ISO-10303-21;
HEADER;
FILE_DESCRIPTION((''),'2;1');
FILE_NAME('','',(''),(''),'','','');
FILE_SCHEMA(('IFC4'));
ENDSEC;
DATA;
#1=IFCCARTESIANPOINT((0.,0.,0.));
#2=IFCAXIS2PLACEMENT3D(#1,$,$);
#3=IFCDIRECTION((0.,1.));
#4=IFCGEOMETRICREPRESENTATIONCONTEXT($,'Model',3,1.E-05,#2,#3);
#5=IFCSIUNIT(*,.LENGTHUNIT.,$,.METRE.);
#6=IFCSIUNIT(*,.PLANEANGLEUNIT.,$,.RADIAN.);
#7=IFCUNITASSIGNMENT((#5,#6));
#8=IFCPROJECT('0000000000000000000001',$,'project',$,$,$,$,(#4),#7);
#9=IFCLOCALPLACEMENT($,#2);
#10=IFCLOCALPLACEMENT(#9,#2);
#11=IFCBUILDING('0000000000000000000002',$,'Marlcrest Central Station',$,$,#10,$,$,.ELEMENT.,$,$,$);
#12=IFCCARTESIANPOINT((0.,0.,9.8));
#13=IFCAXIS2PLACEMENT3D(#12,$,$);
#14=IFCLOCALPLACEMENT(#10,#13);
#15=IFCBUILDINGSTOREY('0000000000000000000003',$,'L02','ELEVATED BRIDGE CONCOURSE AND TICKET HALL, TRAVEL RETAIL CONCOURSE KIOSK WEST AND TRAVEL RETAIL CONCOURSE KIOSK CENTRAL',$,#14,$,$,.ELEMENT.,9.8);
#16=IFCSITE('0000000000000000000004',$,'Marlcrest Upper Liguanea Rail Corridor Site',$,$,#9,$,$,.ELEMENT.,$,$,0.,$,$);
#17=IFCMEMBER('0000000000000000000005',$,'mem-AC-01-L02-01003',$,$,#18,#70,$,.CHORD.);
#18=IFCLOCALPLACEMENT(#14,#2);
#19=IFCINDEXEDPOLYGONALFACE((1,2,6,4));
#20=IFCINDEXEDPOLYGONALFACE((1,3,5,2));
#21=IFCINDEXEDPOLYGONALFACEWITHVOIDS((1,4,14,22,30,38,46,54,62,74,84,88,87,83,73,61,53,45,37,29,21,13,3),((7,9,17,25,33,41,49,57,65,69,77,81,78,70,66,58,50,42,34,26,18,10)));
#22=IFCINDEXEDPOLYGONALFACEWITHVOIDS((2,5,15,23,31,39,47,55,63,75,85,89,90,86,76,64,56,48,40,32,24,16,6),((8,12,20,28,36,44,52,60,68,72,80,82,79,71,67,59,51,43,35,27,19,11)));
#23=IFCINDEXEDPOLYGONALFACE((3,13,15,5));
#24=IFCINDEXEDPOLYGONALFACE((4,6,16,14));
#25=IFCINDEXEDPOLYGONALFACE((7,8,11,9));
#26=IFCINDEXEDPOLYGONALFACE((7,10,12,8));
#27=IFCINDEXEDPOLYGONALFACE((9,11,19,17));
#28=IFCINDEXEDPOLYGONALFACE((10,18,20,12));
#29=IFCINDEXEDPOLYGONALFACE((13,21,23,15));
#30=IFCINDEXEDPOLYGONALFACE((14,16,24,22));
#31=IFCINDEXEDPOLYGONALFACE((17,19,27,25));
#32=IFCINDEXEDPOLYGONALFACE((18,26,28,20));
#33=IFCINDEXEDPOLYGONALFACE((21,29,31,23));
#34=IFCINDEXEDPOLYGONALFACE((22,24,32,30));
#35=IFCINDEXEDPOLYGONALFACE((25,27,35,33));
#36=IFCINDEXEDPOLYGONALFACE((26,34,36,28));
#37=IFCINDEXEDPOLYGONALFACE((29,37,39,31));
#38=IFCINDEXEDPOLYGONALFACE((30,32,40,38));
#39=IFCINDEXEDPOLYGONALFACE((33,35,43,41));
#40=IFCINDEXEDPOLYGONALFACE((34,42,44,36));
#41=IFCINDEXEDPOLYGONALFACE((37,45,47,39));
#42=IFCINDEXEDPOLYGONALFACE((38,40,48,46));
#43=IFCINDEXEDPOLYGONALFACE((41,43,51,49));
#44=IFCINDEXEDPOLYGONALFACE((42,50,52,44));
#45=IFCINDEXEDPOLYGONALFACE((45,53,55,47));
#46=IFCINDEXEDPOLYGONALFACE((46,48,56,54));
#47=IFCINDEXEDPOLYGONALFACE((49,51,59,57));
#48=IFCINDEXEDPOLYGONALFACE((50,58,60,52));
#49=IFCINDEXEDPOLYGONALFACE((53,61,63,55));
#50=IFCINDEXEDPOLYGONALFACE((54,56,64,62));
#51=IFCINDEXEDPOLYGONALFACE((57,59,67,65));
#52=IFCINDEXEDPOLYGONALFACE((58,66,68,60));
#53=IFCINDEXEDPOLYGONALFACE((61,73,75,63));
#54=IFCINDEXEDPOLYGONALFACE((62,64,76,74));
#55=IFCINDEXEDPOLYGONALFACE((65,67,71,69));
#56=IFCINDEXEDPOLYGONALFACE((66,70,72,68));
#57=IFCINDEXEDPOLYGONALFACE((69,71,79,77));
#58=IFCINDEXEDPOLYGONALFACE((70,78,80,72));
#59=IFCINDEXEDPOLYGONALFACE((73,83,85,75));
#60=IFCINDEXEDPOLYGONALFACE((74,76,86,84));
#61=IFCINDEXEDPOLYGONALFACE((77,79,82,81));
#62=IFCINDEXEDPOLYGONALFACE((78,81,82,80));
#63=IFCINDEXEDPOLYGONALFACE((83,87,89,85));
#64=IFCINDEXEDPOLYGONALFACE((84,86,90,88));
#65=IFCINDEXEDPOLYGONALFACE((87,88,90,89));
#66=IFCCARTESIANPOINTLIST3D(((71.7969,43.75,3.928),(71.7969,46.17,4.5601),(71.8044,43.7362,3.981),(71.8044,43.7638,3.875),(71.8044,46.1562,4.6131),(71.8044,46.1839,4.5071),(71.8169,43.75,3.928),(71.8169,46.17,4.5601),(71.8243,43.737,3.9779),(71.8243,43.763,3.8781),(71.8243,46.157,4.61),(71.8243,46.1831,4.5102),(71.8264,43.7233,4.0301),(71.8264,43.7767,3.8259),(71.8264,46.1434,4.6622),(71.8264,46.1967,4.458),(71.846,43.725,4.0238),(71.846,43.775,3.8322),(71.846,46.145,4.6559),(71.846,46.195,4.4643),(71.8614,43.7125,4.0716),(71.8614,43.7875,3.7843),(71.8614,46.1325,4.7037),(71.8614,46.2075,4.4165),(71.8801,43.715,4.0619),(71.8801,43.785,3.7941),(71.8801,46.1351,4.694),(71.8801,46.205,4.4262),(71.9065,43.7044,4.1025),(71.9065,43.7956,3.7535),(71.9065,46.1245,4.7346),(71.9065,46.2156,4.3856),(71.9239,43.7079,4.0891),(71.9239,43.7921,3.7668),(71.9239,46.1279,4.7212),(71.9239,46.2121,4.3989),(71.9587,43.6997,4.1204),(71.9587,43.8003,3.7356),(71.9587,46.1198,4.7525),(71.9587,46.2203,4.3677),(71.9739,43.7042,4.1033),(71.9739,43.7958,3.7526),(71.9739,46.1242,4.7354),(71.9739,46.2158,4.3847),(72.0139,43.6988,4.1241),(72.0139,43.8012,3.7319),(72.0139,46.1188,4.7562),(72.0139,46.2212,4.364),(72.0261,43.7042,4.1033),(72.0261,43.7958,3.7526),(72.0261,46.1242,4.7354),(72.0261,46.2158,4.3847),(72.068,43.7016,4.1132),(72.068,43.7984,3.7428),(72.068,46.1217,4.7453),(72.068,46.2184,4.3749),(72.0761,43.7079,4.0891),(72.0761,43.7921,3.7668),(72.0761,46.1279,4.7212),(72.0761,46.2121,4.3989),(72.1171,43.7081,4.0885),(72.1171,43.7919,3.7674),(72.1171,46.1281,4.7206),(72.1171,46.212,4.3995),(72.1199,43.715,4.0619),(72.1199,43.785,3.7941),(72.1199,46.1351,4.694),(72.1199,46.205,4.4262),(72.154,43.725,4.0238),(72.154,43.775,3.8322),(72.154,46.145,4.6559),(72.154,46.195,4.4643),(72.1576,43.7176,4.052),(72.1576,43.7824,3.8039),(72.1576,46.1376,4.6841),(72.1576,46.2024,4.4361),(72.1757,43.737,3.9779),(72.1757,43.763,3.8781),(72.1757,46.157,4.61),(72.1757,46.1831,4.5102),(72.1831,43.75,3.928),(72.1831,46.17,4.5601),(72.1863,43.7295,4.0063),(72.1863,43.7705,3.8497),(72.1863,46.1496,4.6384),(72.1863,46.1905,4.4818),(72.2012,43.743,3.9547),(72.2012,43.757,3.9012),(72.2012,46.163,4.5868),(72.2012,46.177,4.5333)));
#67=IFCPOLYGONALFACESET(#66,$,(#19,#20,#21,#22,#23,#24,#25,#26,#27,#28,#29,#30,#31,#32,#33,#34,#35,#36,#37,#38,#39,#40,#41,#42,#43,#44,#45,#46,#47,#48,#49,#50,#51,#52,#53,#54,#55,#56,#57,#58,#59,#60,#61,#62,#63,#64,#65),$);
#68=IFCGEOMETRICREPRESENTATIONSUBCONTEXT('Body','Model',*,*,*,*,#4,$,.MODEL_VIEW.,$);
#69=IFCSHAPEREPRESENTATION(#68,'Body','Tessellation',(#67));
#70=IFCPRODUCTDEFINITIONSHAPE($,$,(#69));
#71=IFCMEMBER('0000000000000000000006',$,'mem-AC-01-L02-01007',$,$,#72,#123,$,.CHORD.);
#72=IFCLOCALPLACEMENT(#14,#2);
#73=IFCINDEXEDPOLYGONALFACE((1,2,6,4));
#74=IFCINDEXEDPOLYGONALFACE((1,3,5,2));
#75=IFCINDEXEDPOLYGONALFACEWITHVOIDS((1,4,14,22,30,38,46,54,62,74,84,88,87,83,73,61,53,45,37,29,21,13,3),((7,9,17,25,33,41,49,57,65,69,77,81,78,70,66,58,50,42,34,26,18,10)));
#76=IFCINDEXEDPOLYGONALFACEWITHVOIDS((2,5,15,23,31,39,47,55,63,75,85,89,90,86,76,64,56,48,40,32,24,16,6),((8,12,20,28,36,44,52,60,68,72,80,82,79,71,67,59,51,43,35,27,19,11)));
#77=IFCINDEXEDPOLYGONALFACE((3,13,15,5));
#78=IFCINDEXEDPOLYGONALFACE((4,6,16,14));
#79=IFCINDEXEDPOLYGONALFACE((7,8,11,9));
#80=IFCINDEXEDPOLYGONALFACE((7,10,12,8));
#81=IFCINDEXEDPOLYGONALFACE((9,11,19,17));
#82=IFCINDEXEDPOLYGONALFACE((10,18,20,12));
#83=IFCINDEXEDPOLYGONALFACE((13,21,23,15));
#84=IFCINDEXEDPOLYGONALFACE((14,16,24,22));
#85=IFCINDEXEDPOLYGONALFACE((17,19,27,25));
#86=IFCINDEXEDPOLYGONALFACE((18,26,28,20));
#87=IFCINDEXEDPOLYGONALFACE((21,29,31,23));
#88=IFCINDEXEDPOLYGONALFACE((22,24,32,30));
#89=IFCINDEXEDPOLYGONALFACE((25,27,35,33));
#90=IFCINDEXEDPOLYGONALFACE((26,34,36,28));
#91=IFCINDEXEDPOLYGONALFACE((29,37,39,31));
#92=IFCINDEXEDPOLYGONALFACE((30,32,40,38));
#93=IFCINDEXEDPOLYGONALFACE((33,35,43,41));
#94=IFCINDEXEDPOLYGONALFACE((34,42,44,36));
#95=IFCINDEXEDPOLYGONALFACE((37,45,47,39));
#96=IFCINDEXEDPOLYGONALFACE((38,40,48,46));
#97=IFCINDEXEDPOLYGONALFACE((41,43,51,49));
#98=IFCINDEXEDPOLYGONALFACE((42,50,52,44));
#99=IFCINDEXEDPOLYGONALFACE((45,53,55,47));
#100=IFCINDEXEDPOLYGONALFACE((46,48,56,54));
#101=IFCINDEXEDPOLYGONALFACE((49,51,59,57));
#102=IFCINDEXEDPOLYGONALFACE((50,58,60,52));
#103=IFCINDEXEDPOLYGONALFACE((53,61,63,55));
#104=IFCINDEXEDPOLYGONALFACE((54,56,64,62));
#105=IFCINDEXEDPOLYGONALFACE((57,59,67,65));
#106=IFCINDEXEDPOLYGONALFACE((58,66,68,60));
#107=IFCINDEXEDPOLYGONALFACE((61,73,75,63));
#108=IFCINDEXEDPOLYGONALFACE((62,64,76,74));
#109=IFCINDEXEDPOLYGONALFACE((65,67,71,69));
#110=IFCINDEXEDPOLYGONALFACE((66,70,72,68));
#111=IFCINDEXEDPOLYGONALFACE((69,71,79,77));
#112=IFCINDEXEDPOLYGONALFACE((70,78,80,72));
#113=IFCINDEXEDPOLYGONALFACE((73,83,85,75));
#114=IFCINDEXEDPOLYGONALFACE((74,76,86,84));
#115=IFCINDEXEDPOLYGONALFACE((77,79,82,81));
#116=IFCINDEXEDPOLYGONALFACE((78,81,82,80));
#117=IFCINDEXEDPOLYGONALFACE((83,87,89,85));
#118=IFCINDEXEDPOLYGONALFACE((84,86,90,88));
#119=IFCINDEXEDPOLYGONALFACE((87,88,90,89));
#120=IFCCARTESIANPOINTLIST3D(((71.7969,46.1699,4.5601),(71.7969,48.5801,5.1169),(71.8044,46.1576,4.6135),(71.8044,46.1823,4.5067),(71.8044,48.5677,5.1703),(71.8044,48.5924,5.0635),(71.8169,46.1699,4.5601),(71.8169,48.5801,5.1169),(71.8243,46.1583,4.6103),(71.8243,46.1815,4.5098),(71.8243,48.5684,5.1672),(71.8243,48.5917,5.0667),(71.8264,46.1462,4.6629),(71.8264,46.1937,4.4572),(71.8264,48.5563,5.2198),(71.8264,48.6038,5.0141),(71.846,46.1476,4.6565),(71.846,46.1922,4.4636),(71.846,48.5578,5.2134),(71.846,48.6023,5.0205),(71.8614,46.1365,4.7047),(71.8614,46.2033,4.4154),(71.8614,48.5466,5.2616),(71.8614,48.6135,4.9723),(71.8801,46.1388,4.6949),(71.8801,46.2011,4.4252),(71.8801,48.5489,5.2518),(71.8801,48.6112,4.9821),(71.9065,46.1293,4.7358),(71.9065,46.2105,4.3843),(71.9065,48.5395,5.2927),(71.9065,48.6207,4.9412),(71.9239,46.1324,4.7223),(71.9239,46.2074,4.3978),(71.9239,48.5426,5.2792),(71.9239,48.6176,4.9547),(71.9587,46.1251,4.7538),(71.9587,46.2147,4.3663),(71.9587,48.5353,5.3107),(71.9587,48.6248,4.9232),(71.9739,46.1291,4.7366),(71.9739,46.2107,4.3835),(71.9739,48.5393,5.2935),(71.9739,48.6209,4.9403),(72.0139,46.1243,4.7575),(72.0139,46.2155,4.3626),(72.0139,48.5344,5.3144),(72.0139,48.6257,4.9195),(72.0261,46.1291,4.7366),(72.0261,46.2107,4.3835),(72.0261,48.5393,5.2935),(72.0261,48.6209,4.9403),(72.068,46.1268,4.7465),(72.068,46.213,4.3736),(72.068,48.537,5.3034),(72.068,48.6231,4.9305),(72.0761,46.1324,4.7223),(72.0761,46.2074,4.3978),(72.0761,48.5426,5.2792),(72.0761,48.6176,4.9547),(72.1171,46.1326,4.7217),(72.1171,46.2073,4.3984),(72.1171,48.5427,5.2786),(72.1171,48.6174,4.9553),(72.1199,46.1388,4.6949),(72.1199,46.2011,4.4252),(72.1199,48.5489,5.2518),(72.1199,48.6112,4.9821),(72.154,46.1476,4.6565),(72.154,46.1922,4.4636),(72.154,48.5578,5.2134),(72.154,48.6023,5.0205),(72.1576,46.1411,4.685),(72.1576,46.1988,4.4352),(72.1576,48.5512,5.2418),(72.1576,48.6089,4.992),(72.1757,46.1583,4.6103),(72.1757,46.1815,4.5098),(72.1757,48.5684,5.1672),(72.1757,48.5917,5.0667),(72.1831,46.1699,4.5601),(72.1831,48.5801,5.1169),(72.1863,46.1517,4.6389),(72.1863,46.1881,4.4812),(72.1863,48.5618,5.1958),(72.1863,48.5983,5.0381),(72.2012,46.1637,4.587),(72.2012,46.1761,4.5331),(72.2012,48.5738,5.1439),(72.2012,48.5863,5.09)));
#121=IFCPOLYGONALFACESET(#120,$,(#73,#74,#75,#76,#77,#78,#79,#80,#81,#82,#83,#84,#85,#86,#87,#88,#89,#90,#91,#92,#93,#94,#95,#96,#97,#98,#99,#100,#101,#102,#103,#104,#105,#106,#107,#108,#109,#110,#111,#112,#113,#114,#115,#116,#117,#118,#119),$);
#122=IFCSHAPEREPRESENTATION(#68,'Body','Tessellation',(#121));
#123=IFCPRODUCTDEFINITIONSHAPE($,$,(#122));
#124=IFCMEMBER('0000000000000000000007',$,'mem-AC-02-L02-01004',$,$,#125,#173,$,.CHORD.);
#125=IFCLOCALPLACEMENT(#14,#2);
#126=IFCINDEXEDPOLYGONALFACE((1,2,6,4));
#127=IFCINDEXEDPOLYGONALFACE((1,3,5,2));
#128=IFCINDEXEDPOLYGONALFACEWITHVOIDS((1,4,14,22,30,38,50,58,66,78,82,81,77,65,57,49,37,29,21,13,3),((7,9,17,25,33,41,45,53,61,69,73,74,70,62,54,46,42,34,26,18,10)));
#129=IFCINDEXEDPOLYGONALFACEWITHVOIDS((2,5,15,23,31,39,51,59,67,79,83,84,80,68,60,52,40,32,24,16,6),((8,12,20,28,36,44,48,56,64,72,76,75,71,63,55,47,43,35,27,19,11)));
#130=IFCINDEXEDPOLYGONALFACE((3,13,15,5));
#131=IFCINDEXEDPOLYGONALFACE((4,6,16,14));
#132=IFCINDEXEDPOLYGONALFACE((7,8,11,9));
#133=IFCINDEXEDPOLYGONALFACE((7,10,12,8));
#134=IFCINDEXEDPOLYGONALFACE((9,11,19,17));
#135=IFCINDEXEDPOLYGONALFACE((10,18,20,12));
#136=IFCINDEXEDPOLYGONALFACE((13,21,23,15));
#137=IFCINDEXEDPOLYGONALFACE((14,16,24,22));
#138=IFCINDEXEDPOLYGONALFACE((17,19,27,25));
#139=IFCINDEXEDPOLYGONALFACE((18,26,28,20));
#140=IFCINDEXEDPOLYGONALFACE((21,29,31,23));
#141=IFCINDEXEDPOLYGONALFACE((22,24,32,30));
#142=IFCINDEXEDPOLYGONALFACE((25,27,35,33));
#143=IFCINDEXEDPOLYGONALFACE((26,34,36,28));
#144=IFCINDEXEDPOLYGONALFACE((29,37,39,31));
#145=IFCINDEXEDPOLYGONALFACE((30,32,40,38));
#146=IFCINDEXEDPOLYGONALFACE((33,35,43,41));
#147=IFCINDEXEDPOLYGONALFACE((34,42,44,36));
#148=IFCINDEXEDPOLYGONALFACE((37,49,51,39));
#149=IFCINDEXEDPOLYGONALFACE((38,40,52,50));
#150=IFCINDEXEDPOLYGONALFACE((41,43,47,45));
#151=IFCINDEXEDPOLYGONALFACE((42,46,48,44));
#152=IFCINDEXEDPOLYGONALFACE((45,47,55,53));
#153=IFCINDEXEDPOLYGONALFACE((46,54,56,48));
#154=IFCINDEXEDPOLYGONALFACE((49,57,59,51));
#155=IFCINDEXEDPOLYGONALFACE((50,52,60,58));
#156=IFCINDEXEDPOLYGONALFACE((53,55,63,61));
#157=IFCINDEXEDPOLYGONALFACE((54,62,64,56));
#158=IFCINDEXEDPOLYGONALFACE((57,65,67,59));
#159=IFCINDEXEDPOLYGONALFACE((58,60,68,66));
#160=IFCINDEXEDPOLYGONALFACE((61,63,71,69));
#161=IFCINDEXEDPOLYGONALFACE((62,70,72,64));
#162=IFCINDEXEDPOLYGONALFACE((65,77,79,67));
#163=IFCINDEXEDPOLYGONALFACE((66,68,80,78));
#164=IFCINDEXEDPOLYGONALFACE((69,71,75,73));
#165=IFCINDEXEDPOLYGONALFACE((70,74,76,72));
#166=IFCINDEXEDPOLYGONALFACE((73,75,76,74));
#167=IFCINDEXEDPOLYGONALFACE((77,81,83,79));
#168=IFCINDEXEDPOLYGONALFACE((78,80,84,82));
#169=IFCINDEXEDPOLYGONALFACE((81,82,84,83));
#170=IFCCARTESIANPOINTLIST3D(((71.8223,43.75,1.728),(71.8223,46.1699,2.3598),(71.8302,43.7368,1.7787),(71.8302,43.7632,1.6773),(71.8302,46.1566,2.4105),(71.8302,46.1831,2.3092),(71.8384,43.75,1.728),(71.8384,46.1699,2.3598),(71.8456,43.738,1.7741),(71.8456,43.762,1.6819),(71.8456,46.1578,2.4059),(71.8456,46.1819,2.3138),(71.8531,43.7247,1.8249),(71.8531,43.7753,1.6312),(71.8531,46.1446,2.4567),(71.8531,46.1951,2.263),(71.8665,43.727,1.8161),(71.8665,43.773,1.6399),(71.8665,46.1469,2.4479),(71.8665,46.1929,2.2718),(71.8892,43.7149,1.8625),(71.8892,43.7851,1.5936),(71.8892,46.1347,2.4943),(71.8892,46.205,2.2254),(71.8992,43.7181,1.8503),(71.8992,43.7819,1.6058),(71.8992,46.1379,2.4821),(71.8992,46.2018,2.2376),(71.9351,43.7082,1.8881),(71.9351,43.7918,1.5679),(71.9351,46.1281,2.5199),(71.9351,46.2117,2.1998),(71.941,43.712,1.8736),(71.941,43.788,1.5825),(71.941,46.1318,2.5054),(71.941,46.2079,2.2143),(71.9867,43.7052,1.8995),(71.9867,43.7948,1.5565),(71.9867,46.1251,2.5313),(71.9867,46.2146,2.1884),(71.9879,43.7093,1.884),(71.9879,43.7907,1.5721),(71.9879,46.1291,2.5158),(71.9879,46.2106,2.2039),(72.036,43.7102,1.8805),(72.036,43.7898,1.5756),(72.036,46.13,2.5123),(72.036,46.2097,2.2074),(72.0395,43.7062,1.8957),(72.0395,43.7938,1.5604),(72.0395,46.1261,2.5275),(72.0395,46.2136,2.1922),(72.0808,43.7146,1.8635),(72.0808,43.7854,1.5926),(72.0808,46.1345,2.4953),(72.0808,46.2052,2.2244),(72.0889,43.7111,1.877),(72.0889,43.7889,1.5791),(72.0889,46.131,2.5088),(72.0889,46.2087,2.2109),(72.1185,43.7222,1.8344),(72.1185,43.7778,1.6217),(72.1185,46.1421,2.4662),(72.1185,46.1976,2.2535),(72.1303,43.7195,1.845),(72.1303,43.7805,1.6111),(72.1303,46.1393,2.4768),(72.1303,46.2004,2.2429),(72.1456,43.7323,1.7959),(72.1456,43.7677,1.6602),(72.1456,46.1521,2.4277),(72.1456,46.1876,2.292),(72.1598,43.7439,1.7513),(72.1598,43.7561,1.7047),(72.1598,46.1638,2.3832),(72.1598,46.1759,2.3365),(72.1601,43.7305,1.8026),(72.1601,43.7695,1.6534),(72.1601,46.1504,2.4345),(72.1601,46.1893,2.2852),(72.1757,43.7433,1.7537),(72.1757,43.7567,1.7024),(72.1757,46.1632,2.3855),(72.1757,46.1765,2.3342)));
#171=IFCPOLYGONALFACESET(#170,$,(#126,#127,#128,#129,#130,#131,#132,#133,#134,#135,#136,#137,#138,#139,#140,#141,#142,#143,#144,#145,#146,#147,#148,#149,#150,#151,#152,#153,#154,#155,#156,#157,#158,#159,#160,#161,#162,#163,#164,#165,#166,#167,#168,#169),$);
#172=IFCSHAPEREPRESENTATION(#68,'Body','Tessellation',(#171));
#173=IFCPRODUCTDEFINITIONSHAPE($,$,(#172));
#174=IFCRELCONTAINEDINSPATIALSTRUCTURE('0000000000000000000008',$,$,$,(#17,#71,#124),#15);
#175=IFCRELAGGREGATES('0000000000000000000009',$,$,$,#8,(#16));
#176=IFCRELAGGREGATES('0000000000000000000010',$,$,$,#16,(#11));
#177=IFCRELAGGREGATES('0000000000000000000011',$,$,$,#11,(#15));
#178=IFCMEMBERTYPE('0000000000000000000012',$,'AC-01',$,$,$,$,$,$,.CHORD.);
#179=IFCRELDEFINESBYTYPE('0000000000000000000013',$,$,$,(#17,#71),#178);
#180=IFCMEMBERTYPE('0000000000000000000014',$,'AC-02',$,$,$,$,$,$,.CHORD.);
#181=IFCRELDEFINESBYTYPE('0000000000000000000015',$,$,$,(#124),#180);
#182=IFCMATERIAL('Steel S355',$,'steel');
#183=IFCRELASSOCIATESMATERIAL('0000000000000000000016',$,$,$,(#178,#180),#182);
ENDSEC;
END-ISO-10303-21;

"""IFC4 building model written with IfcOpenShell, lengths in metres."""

from ifc_helpers import new_model, si_unit, direction, frame, origin, origin_2d, place, context, subcontext, project, spatial, hollow_circle, extrude, material, material_profile, profile_set, type_object, element, save


model = new_model("IFC4")

# Units and contexts
model_context = context("Model", 3, precision=1e-05, world=origin(), true_north=direction((0.0, 1.0)))
body_context = subcontext(model_context, "Body", "Model", "MODEL_VIEW")
ifc_project = project(units=[si_unit("LENGTHUNIT", "METRE"), si_unit("PLANEANGLEUNIT", "RADIAN")], contexts=[model_context])

# Site, building, storey
site_placement = place(None, origin())
site = spatial("IfcSite", under=ifc_project, at=site_placement, Name="Marlcrest Upper Liguanea Rail Corridor Site", CompositionType="ELEMENT", RefElevation=0.0)
building_placement = place(site_placement, origin())
building = spatial("IfcBuilding", under=site, at=building_placement, Name="Marlcrest Central Station", CompositionType="ELEMENT")
storey_placement = place(building_placement, frame((0.0, 0.0, 9.8)))
storey = spatial("IfcBuildingStorey", under=building, at=storey_placement, Name="L02", Description="ELEVATED BRIDGE CONCOURSE AND TICKET HALL, TRAVEL RETAIL CONCOURSE KIOSK WEST AND TRAVEL RETAIL CONCOURSE KIOSK CENTRAL", CompositionType="ELEMENT", Elevation=9.8)

# Members
ifc_material = material(Name="Steel S355", Category="steel")
ifc_material_profile_1 = material_profile(ifc_material, hollow_circle(Radius=0.2031, WallThickness=0.02, at=origin_2d()), Name="CHS 406.4x20")
ifc_profile_set_1 = profile_set([ifc_material_profile_1], Name="Steel S355")
member_type_1 = type_object("IfcMemberType", Name="AC-01", PredefinedType="CHORD", material=ifc_profile_set_1)
member_1_placement = place(storey_placement, frame((72.0, 43.75, 3.928), z_axis=(0.0, 0.967539, 0.25272), x_axis=(-1.0, 0.0, 0.0)))
element("IfcMember", 1, at=member_1_placement, inside=storey, type_object=member_type_1, Name="mem-AC-01-L02-01003", PredefinedType="CHORD", context=body_context, shape_type="SweptSolid", body=[
    extrude(hollow_circle(Radius=0.2031, WallThickness=0.02, at=origin_2d()), origin(), (0.0, 0.0, 1.0), 2.5012),
])
member_2_placement = place(storey_placement, frame((72.0, 46.1699, 4.5601), z_axis=(0.0, 0.97433, 0.225126), x_axis=(-1.0, 0.0, 0.0)))
element("IfcMember", 2, at=member_2_placement, inside=storey, type_object=member_type_1, Name="mem-AC-01-L02-01007", PredefinedType="CHORD", context=body_context, shape_type="SweptSolid", body=[
    extrude(hollow_circle(Radius=0.2031, WallThickness=0.02, at=origin_2d()), origin(), (0.0, 0.0, 1.0), 2.4736),
])
ifc_material_profile_2 = material_profile(ifc_material, hollow_circle(Radius=0.1777, WallThickness=0.0161, at=origin_2d()), Name="CHS 355.6x16")
ifc_profile_set_2 = profile_set([ifc_material_profile_2], Name="Steel S355")
member_type_2 = type_object("IfcMemberType", Name="AC-02", PredefinedType="CHORD", material=ifc_profile_set_2)
member_3_placement = place(storey_placement, frame((72.0, 43.75, 1.728), z_axis=(0.0, 0.967563, 0.252629), x_axis=(-1.0, 0.0, 0.0)))
element("IfcMember", 3, at=member_3_placement, inside=storey, type_object=member_type_2, Name="mem-AC-02-L02-01004", PredefinedType="CHORD", context=body_context, shape_type="SweptSolid", body=[
    extrude(hollow_circle(Radius=0.1777, WallThickness=0.0161, at=origin_2d()), origin(), (0.0, 0.0, 1.0), 2.501),
])

save(model, "model.ifc")
